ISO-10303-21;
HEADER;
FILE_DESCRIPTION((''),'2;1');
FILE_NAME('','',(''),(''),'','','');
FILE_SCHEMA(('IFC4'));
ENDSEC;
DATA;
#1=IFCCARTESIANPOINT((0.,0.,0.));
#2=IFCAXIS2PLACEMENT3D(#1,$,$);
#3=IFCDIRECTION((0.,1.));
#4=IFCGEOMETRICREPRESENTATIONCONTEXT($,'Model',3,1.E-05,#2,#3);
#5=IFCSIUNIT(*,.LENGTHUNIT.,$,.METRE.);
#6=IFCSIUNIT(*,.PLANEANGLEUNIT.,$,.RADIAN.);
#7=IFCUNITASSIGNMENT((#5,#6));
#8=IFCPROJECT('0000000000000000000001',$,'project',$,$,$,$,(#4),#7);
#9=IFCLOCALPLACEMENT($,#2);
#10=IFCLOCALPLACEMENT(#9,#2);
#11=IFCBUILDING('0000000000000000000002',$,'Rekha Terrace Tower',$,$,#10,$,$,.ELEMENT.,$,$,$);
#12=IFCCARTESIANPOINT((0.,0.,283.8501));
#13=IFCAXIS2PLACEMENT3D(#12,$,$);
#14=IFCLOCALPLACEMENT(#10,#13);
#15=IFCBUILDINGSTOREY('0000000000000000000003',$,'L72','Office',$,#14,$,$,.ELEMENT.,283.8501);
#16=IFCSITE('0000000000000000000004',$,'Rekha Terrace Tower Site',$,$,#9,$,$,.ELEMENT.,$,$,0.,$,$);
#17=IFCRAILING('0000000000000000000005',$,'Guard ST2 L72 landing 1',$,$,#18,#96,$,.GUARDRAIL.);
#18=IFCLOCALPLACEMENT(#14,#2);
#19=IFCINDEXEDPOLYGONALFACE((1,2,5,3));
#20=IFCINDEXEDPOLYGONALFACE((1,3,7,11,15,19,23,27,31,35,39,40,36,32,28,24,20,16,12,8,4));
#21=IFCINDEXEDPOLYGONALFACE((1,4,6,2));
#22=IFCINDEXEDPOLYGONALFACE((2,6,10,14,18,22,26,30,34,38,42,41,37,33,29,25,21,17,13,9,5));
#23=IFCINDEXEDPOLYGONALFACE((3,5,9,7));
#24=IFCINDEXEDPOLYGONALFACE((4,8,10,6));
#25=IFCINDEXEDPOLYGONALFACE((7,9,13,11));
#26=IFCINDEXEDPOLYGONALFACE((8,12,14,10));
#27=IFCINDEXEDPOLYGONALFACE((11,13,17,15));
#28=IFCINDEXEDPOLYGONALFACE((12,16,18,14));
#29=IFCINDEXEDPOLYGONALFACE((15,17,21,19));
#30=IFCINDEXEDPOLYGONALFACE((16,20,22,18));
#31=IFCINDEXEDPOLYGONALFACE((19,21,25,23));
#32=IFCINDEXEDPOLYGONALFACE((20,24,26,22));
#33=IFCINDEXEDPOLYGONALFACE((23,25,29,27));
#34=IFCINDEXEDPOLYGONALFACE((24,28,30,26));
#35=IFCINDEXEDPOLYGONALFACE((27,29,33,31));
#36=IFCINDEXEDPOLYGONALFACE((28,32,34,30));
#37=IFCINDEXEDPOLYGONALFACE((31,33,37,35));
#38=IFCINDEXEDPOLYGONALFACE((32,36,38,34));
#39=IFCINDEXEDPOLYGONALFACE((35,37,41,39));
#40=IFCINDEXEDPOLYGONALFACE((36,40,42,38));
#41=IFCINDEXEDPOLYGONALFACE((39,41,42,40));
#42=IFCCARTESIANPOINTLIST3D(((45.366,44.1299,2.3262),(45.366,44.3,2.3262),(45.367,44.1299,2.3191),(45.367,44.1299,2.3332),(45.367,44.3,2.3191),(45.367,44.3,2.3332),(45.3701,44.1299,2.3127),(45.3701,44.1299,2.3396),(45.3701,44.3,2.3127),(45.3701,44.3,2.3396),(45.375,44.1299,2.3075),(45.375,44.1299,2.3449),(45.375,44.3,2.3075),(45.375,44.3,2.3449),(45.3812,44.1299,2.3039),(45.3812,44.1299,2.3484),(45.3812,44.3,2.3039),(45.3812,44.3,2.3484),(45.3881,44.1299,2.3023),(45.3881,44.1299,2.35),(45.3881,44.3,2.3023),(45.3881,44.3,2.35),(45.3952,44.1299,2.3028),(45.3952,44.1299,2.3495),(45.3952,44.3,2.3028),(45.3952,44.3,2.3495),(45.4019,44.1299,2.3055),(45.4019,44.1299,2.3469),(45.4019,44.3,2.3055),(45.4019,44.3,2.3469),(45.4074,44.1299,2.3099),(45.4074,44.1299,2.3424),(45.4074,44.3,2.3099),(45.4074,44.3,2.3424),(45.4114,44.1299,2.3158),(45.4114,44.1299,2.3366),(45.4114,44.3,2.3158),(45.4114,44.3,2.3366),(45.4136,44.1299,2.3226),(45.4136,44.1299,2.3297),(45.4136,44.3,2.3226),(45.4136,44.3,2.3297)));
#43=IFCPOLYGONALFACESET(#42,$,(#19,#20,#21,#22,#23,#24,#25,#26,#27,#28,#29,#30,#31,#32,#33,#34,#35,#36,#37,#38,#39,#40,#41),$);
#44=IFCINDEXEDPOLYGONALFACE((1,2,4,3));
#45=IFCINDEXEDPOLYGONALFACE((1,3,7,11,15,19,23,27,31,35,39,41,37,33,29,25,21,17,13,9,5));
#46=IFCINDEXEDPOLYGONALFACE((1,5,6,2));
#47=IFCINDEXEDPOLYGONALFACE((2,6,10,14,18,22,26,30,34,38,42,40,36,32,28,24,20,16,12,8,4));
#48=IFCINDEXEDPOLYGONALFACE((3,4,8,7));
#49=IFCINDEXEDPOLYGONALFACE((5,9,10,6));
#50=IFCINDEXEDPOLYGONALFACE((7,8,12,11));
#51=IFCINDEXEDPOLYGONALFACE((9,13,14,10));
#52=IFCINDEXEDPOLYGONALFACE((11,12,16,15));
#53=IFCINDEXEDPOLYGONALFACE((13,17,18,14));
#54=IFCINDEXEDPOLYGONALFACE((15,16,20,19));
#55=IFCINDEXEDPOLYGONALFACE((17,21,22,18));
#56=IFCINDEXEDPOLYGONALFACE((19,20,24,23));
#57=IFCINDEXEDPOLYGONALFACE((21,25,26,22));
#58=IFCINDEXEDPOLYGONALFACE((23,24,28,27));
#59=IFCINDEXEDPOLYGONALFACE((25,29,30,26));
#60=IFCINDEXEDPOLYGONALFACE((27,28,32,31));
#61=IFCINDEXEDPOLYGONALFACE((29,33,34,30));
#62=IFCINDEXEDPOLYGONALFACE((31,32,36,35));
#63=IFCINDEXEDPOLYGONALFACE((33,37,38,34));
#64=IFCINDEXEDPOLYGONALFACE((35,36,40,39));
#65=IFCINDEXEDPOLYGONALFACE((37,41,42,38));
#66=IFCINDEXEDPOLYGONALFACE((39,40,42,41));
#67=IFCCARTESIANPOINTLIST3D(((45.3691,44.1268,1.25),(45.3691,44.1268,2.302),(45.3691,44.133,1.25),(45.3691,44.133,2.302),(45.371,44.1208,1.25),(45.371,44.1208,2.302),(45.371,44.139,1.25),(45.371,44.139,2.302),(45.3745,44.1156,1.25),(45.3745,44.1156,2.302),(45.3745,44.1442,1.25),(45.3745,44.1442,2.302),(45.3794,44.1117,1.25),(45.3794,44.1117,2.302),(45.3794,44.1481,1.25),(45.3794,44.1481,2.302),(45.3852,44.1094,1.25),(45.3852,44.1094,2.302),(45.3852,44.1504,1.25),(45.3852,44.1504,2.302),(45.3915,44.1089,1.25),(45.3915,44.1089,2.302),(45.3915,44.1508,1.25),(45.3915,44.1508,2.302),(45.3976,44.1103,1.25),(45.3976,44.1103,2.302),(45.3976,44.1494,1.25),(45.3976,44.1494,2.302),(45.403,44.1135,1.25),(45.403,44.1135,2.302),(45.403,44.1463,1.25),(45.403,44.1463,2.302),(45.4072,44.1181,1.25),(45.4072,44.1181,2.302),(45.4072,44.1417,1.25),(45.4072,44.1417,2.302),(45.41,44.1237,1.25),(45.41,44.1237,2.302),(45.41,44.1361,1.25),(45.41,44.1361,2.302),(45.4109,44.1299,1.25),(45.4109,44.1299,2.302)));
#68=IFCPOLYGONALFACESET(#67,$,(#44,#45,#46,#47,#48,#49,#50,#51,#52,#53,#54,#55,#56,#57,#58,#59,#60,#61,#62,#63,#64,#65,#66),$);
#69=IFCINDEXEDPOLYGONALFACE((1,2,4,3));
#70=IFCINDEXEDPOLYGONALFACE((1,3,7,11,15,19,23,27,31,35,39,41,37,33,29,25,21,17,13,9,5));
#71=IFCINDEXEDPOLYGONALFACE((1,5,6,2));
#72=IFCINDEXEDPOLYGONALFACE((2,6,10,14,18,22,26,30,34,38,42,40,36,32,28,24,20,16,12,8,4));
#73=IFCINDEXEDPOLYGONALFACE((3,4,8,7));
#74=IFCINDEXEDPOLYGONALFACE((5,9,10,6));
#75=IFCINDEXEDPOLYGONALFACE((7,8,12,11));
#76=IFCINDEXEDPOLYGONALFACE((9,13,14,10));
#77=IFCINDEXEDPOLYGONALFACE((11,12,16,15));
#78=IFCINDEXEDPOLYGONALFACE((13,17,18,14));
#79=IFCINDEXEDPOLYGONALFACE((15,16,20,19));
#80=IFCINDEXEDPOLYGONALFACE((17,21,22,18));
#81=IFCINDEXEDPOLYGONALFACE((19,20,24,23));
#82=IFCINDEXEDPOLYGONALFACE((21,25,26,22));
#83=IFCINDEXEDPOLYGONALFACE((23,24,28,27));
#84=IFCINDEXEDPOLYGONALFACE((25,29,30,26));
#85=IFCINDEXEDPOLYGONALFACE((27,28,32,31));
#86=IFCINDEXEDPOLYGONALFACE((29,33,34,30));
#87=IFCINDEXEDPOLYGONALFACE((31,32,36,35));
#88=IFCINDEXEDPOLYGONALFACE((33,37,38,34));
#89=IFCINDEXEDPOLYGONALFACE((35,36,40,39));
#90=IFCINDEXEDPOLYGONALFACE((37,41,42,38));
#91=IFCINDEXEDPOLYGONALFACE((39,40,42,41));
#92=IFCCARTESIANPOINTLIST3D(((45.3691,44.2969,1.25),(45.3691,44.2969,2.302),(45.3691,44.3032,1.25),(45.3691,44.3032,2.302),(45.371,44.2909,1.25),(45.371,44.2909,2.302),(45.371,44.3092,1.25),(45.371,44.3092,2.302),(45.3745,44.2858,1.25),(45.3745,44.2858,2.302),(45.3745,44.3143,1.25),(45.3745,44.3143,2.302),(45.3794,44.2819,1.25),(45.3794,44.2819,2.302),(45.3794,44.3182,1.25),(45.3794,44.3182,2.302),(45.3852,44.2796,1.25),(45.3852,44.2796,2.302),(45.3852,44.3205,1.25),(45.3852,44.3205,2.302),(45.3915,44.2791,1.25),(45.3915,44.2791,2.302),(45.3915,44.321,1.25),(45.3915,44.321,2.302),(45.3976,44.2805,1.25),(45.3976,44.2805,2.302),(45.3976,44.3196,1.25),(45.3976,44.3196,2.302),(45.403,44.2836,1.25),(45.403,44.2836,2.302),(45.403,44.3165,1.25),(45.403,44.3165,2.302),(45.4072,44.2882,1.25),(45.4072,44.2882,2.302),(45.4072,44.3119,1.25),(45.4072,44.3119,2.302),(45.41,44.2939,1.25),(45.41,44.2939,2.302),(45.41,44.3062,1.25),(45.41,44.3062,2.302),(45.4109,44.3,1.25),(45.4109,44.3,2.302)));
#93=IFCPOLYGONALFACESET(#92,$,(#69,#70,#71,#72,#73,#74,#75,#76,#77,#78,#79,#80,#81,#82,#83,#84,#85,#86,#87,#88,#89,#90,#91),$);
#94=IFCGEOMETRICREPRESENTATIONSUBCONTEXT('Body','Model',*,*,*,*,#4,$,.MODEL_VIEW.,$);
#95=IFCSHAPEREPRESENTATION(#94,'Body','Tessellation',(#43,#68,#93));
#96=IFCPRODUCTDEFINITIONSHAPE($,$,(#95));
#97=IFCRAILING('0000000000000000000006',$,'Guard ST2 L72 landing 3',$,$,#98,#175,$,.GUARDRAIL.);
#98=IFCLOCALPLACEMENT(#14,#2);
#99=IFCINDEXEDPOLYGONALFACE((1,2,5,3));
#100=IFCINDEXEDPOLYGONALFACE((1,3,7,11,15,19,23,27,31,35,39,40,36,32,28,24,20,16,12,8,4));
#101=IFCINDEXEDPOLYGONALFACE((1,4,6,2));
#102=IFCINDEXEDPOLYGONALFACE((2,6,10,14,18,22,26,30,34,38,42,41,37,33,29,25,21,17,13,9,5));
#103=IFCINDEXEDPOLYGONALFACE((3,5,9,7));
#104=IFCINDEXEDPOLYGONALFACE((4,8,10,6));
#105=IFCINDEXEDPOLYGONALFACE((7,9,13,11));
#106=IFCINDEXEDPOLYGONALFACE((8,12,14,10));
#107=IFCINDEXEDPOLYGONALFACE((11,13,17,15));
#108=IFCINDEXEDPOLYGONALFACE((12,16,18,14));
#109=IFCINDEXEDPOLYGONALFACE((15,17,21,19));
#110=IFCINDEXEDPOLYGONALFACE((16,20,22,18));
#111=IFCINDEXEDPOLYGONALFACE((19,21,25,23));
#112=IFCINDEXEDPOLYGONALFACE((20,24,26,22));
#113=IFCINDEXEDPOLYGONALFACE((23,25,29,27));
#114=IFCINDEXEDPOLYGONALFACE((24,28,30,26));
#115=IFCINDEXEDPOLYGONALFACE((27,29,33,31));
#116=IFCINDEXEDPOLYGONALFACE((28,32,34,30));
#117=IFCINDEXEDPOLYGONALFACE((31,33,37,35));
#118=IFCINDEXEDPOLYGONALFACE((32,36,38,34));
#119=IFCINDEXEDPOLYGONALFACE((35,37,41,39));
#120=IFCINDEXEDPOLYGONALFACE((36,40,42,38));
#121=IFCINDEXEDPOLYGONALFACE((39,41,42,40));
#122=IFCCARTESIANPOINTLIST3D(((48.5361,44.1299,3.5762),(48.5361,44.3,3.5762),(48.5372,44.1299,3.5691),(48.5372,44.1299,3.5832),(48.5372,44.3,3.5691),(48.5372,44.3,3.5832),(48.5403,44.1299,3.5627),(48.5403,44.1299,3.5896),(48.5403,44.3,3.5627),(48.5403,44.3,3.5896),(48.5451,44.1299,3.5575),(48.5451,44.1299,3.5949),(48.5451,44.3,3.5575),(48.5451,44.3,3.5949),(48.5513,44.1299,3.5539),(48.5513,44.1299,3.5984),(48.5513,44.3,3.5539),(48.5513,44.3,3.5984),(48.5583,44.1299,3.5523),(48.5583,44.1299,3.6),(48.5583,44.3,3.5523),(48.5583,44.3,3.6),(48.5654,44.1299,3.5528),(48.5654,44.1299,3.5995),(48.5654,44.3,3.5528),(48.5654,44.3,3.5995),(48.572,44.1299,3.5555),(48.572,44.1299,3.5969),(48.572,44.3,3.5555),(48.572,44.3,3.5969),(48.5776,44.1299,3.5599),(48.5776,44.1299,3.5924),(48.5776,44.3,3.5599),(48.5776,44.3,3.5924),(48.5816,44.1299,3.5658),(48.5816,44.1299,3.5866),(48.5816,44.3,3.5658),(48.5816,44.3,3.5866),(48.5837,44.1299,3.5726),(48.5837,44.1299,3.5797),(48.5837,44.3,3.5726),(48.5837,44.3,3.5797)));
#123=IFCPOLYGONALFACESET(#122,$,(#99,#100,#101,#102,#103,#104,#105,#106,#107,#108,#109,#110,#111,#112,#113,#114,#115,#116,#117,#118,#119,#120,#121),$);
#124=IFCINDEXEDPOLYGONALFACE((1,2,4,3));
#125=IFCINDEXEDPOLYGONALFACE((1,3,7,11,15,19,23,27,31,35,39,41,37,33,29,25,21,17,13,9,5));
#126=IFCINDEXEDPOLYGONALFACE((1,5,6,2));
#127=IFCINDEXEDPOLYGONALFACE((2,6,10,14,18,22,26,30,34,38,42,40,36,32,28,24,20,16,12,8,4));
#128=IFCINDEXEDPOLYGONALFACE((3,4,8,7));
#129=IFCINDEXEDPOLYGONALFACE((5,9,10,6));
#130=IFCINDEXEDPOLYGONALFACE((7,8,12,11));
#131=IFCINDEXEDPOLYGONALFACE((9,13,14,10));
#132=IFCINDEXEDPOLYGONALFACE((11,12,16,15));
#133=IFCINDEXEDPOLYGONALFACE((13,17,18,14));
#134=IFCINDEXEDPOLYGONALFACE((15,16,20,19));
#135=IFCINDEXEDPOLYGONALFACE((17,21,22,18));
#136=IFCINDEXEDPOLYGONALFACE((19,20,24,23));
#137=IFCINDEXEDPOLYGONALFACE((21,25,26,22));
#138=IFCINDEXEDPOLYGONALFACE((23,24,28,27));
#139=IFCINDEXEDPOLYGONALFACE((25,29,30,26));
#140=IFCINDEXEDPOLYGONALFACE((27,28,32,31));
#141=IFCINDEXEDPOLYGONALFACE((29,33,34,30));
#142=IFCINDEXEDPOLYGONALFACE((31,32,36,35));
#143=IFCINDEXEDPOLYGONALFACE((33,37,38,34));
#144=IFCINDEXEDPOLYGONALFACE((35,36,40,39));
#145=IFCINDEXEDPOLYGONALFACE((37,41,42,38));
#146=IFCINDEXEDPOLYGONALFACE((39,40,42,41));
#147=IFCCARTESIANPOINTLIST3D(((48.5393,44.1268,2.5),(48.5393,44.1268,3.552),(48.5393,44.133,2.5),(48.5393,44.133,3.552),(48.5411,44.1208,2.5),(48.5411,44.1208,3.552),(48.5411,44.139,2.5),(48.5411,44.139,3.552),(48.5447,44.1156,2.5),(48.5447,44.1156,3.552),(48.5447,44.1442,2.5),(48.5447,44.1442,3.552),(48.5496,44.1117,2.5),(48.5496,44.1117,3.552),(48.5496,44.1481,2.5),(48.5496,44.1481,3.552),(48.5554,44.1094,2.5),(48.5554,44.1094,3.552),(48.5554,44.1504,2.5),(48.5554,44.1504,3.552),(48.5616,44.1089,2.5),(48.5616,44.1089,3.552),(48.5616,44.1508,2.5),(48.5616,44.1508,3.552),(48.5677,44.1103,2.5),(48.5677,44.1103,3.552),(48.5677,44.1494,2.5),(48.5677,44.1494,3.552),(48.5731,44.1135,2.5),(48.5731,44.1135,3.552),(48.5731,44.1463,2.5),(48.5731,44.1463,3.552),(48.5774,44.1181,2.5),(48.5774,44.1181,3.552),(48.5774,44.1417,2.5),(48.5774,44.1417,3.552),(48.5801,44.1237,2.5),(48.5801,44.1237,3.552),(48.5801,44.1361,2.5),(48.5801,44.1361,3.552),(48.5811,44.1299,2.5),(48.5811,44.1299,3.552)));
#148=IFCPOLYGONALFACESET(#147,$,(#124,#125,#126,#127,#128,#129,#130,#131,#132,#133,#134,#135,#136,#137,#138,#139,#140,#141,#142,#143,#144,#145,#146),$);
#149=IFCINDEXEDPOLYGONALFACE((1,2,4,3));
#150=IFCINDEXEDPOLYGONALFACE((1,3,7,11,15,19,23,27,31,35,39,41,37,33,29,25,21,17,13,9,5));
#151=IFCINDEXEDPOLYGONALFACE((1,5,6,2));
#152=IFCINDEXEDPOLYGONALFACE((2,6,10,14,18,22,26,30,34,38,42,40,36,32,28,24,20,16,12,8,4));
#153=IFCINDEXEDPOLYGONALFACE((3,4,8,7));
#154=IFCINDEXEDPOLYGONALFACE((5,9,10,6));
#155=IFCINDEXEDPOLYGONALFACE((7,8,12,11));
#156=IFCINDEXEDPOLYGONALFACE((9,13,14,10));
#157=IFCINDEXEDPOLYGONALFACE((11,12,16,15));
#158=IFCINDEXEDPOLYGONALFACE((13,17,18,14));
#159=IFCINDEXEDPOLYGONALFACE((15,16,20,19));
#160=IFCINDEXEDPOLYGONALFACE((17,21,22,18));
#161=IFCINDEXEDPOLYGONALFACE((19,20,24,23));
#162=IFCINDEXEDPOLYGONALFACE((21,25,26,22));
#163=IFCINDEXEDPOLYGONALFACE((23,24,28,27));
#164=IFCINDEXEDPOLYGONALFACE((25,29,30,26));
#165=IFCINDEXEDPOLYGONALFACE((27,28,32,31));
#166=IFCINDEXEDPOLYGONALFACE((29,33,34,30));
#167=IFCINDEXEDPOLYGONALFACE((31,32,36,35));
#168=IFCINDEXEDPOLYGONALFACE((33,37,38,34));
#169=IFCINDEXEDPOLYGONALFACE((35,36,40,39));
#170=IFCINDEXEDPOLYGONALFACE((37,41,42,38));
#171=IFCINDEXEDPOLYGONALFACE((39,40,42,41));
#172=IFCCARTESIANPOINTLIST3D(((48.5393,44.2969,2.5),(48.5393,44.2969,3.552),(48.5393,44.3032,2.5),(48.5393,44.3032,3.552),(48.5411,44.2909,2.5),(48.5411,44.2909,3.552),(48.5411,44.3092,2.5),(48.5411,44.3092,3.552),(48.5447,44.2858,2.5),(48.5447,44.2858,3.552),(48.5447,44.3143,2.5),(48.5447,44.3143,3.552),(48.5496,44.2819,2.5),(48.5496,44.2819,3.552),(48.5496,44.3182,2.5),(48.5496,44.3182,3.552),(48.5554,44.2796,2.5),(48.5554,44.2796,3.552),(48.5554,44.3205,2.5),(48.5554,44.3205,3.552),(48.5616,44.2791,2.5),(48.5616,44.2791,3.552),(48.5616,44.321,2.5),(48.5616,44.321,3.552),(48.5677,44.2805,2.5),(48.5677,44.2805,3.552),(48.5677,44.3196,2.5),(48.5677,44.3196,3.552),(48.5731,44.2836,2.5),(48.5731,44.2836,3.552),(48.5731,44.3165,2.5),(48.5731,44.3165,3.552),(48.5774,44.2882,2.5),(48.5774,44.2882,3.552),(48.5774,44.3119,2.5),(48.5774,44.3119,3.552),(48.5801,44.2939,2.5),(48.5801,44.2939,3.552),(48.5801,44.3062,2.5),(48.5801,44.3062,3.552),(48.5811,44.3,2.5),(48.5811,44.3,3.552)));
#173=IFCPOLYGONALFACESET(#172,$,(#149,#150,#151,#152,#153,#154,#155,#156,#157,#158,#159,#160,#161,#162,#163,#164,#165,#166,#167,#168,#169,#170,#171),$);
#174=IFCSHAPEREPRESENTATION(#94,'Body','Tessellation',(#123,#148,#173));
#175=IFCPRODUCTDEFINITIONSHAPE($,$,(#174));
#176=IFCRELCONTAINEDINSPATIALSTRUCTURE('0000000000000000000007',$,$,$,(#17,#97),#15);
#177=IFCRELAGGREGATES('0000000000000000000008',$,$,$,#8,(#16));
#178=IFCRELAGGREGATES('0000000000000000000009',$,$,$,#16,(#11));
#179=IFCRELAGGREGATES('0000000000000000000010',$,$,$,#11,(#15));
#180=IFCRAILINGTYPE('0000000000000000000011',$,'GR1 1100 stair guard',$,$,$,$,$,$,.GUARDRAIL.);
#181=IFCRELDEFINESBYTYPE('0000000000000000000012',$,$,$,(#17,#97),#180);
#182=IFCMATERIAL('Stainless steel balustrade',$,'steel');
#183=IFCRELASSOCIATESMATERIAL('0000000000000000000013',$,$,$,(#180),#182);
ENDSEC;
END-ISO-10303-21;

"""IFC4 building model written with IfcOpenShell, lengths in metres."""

from ifc_helpers import new_model, si_unit, direction, frame, origin, origin_2d, place, context, subcontext, project, spatial, circle, extrude, material, type_object, element, save


model = new_model("IFC4")

# Units and contexts
model_context = context("Model", 3, precision=1e-05, world=origin(), true_north=direction((0.0, 1.0)))
body_context = subcontext(model_context, "Body", "Model", "MODEL_VIEW")
ifc_project = project(units=[si_unit("LENGTHUNIT", "METRE"), si_unit("PLANEANGLEUNIT", "RADIAN")], contexts=[model_context])

# Site, building, storey
site_placement = place(None, origin())
site = spatial("IfcSite", under=ifc_project, at=site_placement, Name="Rekha Terrace Tower Site", CompositionType="ELEMENT", RefElevation=0.0)
building_placement = place(site_placement, origin())
building = spatial("IfcBuilding", under=site, at=building_placement, Name="Rekha Terrace Tower", CompositionType="ELEMENT")
storey_placement = place(building_placement, frame((0.0, 0.0, 283.8501)))
storey = spatial("IfcBuildingStorey", under=building, at=storey_placement, Name="L72", Description="Office", CompositionType="ELEMENT", Elevation=283.8501)

# Railings
ifc_material_1 = material(Name="Stainless steel balustrade", Category="steel")
railing_type_1 = type_object("IfcRailingType", Name="GR1 1100 stair guard", PredefinedType="GUARDRAIL", material=ifc_material_1)
for number, where, name in (
    (1, (45.3899, 44.1299, 1.25), "Guard ST2 L72 landing 1"),
    (2, (48.5601, 44.1299, 2.5), "Guard ST2 L72 landing 3"),
):
    element("IfcRailing", number, at=place(storey_placement, frame(where)), inside=storey, type_object=railing_type_1, Name=name, PredefinedType="GUARDRAIL", context=body_context, shape_type="SweptSolid", body=[
        extrude(circle(Radius=0.0239, at=origin_2d()), frame((0.0, 0.0, 1.0762), z_axis=(0.0, 1.0, 0.0), x_axis=(-1.0, 0.0, 0.0)), (0.0, 0.0, 1.0), 0.1702),
        extrude(circle(Radius=0.021, at=origin_2d()), origin(), (0.0, 0.0, 1.0), 1.052),
        extrude(circle(Radius=0.021, at=origin_2d()), frame((0.0, 0.1702, 0.0)), (0.0, 0.0, 1.0), 1.052),
    ])

save(model, "model.ifc")
